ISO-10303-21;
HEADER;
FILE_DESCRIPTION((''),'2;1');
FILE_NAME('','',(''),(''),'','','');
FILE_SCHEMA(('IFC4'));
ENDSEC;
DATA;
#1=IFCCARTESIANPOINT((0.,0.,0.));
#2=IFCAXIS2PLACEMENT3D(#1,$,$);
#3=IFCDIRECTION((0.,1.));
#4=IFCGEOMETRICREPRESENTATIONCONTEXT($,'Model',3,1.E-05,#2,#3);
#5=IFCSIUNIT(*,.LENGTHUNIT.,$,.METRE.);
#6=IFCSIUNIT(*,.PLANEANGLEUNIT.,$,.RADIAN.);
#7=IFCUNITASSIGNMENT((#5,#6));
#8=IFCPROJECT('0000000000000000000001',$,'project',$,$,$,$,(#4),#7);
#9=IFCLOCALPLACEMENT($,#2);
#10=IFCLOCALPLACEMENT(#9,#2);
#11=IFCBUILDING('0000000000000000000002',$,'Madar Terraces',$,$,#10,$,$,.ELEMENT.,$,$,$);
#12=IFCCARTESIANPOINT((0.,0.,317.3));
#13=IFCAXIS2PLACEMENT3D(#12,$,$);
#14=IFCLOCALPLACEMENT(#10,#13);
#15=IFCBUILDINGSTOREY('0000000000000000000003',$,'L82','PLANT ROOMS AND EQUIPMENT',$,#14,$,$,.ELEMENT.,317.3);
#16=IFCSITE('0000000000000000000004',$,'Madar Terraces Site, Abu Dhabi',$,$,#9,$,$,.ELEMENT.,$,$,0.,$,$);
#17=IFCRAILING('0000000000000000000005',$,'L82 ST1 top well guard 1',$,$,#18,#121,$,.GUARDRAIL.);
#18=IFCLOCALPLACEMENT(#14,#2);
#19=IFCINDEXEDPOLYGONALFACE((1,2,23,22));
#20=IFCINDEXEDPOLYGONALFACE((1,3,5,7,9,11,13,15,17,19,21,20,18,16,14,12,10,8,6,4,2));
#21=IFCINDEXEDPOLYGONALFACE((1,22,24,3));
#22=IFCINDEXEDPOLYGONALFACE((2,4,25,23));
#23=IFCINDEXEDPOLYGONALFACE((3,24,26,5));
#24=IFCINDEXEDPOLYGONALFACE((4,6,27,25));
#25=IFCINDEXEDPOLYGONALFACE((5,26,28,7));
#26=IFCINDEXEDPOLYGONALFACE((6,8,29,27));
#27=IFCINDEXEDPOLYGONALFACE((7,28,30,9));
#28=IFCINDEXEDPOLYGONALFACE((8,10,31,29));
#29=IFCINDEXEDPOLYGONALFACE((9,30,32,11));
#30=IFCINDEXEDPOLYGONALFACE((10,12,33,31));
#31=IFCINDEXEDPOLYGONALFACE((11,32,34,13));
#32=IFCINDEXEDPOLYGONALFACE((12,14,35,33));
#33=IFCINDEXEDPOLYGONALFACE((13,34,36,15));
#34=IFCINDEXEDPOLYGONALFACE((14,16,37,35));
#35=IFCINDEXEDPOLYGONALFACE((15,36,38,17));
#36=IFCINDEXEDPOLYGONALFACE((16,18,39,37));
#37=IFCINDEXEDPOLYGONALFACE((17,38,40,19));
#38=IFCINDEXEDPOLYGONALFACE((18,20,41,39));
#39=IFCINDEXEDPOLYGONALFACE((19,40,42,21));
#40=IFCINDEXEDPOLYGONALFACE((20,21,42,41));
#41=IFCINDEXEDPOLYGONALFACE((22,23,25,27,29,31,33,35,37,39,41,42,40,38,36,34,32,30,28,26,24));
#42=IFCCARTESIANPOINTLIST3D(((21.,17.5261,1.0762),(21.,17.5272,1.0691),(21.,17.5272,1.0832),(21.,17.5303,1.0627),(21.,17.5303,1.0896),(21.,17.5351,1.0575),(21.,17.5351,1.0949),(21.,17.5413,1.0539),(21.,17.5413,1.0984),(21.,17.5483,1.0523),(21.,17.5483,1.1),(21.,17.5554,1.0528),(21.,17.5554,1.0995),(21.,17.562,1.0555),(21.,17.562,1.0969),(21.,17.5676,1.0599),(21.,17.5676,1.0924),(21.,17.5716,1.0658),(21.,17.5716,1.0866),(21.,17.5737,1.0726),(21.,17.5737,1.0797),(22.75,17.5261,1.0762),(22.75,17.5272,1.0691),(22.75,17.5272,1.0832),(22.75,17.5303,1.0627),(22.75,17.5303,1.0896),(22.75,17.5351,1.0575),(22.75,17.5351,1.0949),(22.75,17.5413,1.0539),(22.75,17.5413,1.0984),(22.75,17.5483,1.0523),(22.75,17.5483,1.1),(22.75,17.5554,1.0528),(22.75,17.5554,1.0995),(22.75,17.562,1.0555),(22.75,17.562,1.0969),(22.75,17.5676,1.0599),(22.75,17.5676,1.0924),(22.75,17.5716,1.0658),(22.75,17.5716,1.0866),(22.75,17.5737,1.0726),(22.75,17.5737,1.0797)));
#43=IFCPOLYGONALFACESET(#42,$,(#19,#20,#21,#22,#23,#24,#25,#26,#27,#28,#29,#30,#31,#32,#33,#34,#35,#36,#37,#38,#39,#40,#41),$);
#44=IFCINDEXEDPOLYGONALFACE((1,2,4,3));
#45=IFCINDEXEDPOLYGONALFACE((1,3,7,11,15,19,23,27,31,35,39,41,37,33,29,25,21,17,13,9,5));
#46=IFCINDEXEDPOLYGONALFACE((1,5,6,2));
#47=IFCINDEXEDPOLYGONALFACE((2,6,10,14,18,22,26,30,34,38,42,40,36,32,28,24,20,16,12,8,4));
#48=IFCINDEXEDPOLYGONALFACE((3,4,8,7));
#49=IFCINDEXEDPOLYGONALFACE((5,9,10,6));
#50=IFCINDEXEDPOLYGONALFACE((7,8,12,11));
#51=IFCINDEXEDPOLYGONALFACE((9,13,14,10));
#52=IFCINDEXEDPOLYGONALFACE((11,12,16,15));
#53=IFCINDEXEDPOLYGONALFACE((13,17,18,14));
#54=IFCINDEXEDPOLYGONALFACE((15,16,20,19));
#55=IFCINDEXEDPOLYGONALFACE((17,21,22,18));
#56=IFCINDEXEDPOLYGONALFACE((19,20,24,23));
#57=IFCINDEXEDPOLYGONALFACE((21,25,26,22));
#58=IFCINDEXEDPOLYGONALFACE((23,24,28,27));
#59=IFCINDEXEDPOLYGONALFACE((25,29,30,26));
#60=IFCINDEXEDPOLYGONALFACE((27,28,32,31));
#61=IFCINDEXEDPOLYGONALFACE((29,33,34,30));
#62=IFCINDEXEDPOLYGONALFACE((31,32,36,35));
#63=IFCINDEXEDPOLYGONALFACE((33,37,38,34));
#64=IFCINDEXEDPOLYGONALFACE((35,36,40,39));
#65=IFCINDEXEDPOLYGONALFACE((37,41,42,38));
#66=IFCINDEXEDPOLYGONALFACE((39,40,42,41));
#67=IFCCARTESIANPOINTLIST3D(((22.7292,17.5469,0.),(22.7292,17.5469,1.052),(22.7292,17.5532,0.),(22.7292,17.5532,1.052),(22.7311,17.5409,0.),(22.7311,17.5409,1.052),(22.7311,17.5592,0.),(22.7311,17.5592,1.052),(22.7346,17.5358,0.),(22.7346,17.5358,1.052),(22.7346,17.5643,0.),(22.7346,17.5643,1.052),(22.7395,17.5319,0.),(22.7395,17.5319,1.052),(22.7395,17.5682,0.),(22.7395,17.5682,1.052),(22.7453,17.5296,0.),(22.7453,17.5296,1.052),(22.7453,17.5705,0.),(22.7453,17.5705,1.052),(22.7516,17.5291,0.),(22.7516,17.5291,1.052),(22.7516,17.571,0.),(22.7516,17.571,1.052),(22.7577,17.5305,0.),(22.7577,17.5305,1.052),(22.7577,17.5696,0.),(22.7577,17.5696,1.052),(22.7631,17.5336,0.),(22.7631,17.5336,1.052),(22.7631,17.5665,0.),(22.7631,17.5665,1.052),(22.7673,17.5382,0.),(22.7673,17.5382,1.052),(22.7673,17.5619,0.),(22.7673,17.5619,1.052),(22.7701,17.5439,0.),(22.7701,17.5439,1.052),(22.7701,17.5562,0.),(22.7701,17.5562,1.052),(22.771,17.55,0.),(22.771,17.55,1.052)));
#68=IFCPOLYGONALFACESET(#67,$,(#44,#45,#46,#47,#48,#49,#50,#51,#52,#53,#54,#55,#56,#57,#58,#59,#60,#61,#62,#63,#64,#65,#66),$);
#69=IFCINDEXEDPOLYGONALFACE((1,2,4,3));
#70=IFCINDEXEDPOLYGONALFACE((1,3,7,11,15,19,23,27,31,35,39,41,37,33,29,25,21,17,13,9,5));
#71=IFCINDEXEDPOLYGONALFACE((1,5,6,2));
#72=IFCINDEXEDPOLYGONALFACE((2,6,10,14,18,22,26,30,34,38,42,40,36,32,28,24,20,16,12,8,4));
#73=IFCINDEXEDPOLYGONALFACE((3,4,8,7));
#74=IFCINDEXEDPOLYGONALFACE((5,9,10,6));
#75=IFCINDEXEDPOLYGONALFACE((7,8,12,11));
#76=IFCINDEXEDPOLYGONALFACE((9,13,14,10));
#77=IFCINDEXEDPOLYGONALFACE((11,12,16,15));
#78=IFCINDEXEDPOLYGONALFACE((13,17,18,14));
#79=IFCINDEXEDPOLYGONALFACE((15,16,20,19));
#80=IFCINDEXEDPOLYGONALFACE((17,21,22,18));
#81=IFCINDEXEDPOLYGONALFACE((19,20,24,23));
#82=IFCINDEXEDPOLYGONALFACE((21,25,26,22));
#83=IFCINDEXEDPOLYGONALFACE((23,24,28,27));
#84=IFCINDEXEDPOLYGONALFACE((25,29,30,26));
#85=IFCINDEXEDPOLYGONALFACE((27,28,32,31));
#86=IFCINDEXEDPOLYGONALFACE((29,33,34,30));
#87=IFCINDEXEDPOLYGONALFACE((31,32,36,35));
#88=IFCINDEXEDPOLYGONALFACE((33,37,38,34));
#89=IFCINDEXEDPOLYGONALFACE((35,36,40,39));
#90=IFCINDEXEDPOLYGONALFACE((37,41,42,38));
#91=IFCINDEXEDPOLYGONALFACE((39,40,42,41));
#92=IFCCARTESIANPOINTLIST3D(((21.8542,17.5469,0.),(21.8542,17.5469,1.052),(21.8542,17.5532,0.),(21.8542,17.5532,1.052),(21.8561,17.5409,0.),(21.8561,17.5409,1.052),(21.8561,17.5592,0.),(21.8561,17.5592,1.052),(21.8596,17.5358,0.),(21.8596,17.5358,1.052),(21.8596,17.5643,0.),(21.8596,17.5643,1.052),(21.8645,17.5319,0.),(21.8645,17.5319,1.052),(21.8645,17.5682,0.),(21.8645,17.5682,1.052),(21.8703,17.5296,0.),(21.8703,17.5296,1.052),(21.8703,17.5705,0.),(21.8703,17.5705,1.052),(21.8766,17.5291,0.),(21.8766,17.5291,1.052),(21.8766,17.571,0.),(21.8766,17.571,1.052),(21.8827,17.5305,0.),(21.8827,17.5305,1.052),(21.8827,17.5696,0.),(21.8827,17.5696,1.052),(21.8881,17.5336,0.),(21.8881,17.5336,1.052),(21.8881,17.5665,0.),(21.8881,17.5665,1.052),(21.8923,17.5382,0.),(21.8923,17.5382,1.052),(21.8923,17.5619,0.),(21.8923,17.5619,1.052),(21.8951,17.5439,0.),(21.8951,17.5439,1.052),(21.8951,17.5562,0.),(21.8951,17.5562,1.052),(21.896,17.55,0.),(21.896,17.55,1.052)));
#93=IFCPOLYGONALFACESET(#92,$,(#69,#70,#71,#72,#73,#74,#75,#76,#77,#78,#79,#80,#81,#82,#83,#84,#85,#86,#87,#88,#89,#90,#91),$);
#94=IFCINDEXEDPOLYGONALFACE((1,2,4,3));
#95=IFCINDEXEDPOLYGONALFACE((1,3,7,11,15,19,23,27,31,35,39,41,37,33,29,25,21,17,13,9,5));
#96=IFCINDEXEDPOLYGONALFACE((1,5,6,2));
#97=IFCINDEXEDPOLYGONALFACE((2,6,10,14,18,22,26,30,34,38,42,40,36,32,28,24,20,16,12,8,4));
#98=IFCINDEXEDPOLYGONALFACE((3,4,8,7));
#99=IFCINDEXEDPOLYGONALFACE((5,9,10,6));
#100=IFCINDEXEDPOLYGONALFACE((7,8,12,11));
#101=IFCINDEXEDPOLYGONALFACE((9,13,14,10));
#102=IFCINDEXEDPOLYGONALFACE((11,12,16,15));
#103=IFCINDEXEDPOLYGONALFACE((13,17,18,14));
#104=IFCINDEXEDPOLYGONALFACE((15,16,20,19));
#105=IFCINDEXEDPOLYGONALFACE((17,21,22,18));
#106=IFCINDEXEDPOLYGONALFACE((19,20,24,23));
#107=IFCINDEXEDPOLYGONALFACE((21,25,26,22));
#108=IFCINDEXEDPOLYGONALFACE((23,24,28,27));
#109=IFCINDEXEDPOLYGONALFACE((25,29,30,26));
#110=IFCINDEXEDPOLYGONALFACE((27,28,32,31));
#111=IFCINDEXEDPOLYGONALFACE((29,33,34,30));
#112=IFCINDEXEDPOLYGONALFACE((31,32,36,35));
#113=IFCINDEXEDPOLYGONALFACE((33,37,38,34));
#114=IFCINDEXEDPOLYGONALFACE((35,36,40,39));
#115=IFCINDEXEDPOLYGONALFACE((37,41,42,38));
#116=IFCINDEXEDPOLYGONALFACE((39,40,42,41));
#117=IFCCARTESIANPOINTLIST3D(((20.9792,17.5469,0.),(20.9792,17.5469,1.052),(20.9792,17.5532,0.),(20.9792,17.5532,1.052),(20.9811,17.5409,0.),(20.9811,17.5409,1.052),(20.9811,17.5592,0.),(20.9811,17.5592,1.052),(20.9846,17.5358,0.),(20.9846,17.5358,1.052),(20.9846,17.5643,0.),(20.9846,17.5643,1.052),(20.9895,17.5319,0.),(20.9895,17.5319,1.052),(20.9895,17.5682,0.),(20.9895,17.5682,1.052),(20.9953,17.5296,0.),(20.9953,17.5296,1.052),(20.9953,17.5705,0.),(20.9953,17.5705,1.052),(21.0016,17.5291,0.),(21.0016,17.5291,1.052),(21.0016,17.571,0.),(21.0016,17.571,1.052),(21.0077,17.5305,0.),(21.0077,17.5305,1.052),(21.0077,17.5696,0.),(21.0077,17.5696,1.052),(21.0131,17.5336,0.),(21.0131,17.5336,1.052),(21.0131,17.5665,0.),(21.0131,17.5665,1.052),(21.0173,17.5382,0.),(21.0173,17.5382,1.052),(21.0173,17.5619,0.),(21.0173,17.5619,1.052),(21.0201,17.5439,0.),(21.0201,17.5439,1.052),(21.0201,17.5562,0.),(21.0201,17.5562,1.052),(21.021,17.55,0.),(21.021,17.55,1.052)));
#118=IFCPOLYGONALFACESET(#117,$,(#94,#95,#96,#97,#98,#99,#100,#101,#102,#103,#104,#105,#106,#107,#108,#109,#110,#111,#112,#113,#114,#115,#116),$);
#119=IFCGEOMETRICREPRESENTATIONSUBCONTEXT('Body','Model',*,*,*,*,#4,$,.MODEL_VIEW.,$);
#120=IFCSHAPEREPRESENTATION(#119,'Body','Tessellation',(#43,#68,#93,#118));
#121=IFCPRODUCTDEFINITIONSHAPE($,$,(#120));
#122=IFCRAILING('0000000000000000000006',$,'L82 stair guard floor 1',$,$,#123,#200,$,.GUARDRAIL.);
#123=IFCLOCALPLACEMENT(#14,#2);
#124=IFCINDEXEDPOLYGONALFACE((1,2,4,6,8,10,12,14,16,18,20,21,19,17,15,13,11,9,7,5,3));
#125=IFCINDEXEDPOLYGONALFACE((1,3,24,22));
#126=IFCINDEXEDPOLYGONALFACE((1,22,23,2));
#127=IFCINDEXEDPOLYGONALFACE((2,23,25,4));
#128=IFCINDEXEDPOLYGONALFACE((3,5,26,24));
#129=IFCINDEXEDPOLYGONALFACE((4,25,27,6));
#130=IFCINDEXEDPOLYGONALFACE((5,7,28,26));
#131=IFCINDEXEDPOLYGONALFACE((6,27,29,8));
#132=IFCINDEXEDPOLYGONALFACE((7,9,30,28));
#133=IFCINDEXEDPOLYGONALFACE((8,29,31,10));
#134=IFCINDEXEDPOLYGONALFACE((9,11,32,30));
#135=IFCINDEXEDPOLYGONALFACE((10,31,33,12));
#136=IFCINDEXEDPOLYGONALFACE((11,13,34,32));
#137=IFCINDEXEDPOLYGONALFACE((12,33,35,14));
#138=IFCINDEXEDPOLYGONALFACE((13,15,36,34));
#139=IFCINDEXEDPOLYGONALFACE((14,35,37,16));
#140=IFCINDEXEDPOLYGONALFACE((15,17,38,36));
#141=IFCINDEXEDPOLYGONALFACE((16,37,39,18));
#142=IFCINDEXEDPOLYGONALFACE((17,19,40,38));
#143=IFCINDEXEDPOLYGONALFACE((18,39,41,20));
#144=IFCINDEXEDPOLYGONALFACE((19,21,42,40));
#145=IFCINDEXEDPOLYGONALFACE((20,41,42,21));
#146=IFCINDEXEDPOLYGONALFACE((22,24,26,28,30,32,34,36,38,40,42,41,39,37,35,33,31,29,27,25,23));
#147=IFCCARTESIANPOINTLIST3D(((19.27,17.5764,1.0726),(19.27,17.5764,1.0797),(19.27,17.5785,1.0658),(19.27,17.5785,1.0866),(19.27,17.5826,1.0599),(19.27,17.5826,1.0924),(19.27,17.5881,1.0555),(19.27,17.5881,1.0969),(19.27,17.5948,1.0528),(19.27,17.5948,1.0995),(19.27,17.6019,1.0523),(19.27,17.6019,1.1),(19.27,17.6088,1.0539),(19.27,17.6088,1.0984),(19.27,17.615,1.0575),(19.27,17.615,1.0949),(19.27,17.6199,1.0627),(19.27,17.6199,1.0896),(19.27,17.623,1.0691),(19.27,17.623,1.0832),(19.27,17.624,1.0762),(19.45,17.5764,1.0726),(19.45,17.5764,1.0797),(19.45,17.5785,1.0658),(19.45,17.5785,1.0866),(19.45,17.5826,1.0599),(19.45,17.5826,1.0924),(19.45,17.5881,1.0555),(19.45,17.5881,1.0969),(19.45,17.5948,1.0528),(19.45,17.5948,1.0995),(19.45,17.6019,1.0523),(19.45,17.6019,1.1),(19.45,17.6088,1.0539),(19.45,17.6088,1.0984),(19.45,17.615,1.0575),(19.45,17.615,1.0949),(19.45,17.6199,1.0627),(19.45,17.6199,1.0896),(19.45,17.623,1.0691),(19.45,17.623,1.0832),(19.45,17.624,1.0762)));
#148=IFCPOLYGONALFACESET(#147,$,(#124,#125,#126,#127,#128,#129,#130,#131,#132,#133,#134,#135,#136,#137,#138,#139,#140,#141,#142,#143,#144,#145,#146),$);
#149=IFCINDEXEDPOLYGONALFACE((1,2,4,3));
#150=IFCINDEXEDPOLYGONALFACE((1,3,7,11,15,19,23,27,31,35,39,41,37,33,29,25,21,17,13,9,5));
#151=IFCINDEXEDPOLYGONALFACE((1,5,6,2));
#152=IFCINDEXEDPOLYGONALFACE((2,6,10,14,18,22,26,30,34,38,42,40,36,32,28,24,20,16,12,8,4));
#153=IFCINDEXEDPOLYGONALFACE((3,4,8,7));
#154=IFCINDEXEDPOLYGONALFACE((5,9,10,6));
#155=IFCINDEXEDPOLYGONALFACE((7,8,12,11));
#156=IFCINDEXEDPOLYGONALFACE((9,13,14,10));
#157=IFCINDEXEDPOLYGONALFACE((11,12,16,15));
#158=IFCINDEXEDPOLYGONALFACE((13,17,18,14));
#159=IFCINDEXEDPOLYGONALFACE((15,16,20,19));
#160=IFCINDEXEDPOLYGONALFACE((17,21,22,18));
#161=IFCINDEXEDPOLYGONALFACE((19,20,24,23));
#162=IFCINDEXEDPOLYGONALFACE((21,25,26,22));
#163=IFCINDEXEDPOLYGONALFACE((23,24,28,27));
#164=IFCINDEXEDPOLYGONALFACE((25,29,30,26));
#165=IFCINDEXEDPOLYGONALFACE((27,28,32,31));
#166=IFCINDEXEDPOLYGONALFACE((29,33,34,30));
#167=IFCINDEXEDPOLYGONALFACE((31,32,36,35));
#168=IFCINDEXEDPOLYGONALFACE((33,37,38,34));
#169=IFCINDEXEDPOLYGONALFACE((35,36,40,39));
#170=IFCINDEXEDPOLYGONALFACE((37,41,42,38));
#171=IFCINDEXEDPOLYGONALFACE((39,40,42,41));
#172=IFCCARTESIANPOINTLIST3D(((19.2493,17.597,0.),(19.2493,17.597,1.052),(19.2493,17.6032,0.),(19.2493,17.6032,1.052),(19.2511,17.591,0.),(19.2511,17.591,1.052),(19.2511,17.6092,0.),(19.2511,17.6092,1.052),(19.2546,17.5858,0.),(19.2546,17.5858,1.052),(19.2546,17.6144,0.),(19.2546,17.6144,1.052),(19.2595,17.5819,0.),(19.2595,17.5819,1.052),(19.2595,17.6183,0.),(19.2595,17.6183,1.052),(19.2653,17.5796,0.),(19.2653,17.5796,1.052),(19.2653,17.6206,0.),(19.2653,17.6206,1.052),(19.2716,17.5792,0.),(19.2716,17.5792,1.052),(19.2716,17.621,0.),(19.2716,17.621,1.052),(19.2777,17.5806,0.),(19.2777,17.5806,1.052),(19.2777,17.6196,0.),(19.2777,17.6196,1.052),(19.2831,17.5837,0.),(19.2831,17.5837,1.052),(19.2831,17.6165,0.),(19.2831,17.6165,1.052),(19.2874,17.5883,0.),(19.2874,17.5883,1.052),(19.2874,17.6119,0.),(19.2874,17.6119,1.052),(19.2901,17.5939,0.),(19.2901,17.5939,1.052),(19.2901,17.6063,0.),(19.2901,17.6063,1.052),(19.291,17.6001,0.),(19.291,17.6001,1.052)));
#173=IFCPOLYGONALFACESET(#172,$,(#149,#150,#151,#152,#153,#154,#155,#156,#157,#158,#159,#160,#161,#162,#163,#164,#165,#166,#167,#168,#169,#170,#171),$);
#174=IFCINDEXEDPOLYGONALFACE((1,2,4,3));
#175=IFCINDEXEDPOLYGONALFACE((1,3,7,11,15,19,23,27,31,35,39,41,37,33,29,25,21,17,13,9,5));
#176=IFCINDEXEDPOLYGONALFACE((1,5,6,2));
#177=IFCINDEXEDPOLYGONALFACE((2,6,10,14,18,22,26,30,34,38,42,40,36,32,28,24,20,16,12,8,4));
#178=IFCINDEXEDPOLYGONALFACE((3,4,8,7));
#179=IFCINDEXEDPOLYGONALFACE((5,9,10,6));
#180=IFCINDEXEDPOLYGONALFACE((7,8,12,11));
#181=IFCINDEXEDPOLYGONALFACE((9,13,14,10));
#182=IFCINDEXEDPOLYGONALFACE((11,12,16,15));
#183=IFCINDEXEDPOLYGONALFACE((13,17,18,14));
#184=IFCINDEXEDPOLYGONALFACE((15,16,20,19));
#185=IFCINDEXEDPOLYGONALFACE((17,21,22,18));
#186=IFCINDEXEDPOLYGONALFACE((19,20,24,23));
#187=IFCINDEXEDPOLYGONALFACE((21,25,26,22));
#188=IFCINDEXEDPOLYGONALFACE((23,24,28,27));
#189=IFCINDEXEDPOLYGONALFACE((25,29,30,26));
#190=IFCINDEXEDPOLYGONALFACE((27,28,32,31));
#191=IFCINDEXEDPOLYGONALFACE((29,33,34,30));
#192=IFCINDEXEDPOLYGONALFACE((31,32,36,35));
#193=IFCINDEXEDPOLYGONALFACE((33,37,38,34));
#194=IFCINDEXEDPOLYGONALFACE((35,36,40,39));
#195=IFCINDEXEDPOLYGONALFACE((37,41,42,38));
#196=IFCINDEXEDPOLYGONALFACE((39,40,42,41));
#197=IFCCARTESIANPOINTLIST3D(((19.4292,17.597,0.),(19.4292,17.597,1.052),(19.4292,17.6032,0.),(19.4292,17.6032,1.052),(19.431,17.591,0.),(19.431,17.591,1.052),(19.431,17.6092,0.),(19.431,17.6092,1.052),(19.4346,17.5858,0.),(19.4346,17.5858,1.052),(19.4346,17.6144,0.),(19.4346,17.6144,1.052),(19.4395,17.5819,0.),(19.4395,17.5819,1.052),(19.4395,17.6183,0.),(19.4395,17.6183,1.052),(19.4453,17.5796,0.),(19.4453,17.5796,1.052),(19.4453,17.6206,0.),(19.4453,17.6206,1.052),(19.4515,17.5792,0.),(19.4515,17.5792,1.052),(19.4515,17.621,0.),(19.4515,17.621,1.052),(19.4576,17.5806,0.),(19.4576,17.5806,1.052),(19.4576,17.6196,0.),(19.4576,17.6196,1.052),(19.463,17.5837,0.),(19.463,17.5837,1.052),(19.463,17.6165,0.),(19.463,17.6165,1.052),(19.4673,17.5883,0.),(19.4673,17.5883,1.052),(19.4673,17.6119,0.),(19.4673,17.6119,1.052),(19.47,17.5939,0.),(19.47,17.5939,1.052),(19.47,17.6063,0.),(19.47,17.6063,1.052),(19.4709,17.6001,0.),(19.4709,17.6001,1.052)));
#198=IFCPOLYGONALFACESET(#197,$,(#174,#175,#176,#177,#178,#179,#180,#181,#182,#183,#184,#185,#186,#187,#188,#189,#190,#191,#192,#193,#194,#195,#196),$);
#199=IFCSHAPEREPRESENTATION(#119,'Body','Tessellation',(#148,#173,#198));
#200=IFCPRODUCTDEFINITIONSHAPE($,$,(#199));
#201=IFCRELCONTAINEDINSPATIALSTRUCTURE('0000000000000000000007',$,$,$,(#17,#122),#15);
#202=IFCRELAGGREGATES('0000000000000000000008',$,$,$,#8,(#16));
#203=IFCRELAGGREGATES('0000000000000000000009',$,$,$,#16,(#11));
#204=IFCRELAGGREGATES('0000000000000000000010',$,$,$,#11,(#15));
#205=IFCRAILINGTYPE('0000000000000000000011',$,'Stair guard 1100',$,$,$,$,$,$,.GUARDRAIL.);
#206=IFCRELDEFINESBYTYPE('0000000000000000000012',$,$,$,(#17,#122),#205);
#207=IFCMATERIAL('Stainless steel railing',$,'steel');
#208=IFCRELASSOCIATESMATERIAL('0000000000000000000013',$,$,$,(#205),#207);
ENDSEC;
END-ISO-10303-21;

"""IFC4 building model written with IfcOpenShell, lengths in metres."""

from ifc_helpers import new_model, si_unit, direction, frame, origin, origin_2d, place, context, subcontext, project, spatial, circle, extrude, material, type_object, element, save


model = new_model("IFC4")

# Units and contexts
model_context = context("Model", 3, precision=1e-05, world=origin(), true_north=direction((0.0, 1.0)))
body_context = subcontext(model_context, "Body", "Model", "MODEL_VIEW")
ifc_project = project(units=[si_unit("LENGTHUNIT", "METRE"), si_unit("PLANEANGLEUNIT", "RADIAN")], contexts=[model_context])

# Site, building, storey
site_placement = place(None, origin())
site = spatial("IfcSite", under=ifc_project, at=site_placement, Name="Madar Terraces Site, Abu Dhabi", CompositionType="ELEMENT", RefElevation=0.0)
building_placement = place(site_placement, origin())
building = spatial("IfcBuilding", under=site, at=building_placement, Name="Madar Terraces", CompositionType="ELEMENT")
storey_placement = place(building_placement, frame((0.0, 0.0, 317.3)))
storey = spatial("IfcBuildingStorey", under=building, at=storey_placement, Name="L82", Description="PLANT ROOMS AND EQUIPMENT", CompositionType="ELEMENT", Elevation=317.3)

# Railings
ifc_material_1 = material(Name="Stainless steel railing", Category="steel")
railing_type = type_object("IfcRailingType", Name="Stair guard 1100", PredefinedType="GUARDRAIL", material=ifc_material_1)
railing_placement = place(storey_placement, frame((22.75, 17.55, 0.0)))
element("IfcRailing", 1, at=railing_placement, inside=storey, type_object=railing_type, Name="L82 ST1 top well guard 1", PredefinedType="GUARDRAIL", context=body_context, shape_type="SweptSolid", body=[
    extrude(circle(Radius=0.0239, at=origin_2d()), frame((0.0, 0.0, 1.0762), z_axis=(-1.0, 0.0, 0.0), x_axis=(0.0, -1.0, 0.0)), (0.0, 0.0, 1.0), 1.75),
    extrude(circle(Radius=0.021, at=origin_2d()), origin(), (0.0, 0.0, 1.0), 1.052),
    extrude(circle(Radius=0.021, at=origin_2d()), frame((-0.875, 0.0, 0.0)), (0.0, 0.0, 1.0), 1.052),
    extrude(circle(Radius=0.021, at=origin_2d()), frame((-1.75, 0.0, 0.0)), (0.0, 0.0, 1.0), 1.052),
])
for number, where, name in (
    (2, (19.27, 17.6001, 0.0), "L82 stair guard floor 1"),
):
    element("IfcRailing", number, at=place(storey_placement, frame(where)), inside=storey, type_object=railing_type, Name=name, PredefinedType="GUARDRAIL", context=body_context, shape_type="SweptSolid", body=[
        extrude(circle(Radius=0.0239, at=origin_2d()), frame((0.0, 0.0, 1.0762), z_axis=(1.0, 0.0, 0.0), x_axis=(0.0, 1.0, 0.0)), (0.0, 0.0, 1.0), 0.1799),
        extrude(circle(Radius=0.021, at=origin_2d()), origin(), (0.0, 0.0, 1.0), 1.052),
        extrude(circle(Radius=0.021, at=origin_2d()), frame((0.1799, 0.0, 0.0)), (0.0, 0.0, 1.0), 1.052),
    ])

save(model, "model.ifc")
